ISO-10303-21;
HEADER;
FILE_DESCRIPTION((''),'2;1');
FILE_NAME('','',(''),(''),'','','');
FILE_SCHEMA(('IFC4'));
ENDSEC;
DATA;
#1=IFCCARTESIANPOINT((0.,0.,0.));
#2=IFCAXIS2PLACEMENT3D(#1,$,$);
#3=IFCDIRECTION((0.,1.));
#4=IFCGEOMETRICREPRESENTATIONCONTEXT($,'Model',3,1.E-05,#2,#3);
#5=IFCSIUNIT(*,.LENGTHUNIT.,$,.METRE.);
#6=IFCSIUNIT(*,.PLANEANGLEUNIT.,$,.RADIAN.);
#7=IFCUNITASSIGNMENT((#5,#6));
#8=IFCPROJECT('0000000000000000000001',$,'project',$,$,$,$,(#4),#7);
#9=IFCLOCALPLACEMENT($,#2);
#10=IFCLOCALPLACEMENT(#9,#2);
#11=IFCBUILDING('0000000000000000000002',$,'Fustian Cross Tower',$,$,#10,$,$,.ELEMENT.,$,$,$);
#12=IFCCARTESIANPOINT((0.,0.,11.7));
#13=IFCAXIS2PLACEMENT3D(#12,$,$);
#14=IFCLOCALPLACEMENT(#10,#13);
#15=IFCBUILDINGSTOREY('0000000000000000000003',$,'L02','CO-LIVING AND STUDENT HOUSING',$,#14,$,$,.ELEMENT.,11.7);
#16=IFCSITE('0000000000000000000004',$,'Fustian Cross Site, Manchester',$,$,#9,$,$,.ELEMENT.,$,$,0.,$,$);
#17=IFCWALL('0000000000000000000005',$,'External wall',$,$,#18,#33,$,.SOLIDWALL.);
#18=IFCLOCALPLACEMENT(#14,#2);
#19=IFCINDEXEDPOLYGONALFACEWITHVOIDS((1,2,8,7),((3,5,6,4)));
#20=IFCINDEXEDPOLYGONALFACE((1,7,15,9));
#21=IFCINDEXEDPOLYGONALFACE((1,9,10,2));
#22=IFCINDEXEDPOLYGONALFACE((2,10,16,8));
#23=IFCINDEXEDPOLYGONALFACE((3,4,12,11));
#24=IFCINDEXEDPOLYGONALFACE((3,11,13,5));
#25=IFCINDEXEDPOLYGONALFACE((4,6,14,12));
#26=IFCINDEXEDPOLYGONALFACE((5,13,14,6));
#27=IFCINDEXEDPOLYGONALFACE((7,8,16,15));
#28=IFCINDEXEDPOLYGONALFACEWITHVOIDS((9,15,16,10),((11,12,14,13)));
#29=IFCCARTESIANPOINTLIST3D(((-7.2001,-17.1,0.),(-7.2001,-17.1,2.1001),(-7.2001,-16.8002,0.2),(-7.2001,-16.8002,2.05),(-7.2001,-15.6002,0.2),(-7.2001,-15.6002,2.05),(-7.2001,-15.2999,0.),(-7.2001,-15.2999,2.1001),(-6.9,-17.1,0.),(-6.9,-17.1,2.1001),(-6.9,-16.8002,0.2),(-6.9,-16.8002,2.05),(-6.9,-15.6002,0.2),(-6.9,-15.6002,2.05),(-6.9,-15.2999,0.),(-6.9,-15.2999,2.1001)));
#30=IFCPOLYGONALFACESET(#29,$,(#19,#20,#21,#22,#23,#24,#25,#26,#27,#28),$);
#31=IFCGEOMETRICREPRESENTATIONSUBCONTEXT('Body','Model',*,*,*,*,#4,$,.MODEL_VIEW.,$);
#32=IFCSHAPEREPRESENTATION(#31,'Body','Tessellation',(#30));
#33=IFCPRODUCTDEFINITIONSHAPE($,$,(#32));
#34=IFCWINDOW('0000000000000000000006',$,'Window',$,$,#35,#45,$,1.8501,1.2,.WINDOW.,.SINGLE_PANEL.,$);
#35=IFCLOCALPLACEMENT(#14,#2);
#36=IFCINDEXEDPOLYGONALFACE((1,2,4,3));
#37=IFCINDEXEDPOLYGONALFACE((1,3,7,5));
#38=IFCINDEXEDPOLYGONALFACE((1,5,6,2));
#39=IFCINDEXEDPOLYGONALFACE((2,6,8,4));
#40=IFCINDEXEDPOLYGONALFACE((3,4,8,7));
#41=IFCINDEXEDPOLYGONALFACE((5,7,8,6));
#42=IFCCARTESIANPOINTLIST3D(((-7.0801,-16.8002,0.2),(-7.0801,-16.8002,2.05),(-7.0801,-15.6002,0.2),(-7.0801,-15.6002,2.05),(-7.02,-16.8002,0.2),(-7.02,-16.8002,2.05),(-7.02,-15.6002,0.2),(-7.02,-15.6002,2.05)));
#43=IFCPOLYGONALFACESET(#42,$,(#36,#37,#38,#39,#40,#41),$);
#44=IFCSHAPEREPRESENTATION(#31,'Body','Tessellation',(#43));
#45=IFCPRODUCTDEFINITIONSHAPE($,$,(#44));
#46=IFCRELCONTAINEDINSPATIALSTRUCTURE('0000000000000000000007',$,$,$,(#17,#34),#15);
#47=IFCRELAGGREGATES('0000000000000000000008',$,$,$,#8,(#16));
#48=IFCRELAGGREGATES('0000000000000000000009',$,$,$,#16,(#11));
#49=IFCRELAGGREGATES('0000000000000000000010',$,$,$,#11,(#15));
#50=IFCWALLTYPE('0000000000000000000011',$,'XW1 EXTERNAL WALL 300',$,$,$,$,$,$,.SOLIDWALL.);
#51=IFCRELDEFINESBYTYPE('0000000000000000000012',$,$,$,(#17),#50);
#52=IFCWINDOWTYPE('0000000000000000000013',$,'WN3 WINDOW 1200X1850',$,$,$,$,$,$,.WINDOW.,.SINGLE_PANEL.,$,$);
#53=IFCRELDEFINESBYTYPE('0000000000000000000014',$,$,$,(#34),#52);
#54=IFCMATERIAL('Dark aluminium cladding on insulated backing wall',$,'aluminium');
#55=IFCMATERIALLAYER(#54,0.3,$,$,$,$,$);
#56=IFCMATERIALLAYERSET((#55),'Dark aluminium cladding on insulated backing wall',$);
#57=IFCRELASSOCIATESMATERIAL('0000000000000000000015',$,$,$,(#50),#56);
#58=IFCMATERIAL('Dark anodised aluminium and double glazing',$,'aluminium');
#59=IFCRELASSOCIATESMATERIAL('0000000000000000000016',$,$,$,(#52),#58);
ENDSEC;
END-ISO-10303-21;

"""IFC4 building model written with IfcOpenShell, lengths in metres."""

from ifc_helpers import new_model, si_unit, direction, frame, frame_2d, origin, place, context, subcontext, project, spatial, rectangle, extrude, material, layer, layer_set, type_object, element, fill, save


model = new_model("IFC4")

# Units and contexts
model_context = context("Model", 3, precision=1e-05, world=origin(), true_north=direction((0.0, 1.0)))
body_context = subcontext(model_context, "Body", "Model", "MODEL_VIEW")
ifc_project = project(units=[si_unit("LENGTHUNIT", "METRE"), si_unit("PLANEANGLEUNIT", "RADIAN")], contexts=[model_context])

# Site, building, storey
site_placement = place(None, origin())
site = spatial("IfcSite", under=ifc_project, at=site_placement, Name="Fustian Cross Site, Manchester", CompositionType="ELEMENT", RefElevation=0.0)
building_placement = place(site_placement, origin())
building = spatial("IfcBuilding", under=site, at=building_placement, Name="Fustian Cross Tower", CompositionType="ELEMENT")
storey_placement = place(building_placement, frame((0.0, 0.0, 11.7)))
storey = spatial("IfcBuildingStorey", under=building, at=storey_placement, Name="L02", Description="CO-LIVING AND STUDENT HOUSING", CompositionType="ELEMENT", Elevation=11.7)

# Shared definitions
ifc_material_1 = material(Name="Dark aluminium cladding on insulated backing wall", Category="aluminium")
ifc_layer_1 = layer(ifc_material_1, 0.3)
ifc_layer_set_1 = layer_set([ifc_layer_1], Name="Dark aluminium cladding on insulated backing wall")
wall_type_1 = type_object("IfcWallType", Name="XW1 EXTERNAL WALL 300", PredefinedType="SOLIDWALL", material=ifc_layer_set_1)

# Wall, opening, window
wall_1_placement = place(storey_placement, frame((-7.05, -15.3, 0.0), z_axis=(0.0, 0.0, 1.0), x_axis=(0.0, -1.0, 0.0)))
wall_1 = element("IfcWall", 1, at=wall_1_placement, inside=storey, type_object=wall_type_1, Name="External wall", PredefinedType="SOLIDWALL", context=body_context, shape_type="SweptSolid", body=[
    extrude(rectangle(XDim=1.8, YDim=0.3, at=frame_2d((0.8999, 0.0))), origin(), (0.0, 0.0, 1.0), 2.1001),
])
opening_1_placement = place(wall_1_placement, frame((0.3, 0.0, 0.2)))
opening_1 = element("IfcOpeningElement", 2, at=opening_1_placement, cuts=wall_1, PredefinedType="OPENING", context=body_context, shape_type="SweptSolid", body=[
    extrude(rectangle(XDim=1.2, YDim=1.8501, at=frame_2d((0.6001, 0.925))), frame((0.0, 0.1599, 0.0), z_axis=(0.0, -1.0, 0.0), x_axis=(1.0, 0.0, 0.0)), (0.0, 0.0, 1.0), 0.3201),
])
ifc_material_2 = material(Name="Dark anodised aluminium and double glazing", Category="aluminium")
window_type = type_object("IfcWindowType", Name="WN3 WINDOW 1200X1850", PartitioningType="SINGLE_PANEL", PredefinedType="WINDOW", material=ifc_material_2)
window_placement = place(opening_1_placement, origin())
window = element("IfcWindow", 3, at=window_placement, inside=storey, type_object=window_type, Name="Window", OverallHeight=1.8501, OverallWidth=1.2, PartitioningType="SINGLE_PANEL", PredefinedType="WINDOW", context=body_context, shape_type="SweptSolid", body=[
    extrude(rectangle(XDim=1.2, YDim=1.8501, at=frame_2d((0.6001, 0.925))), frame((0.0, 0.03, 0.0), z_axis=(0.0, -1.0, 0.0), x_axis=(1.0, 0.0, 0.0)), (0.0, 0.0, 1.0), 0.0601),
])
fill(opening_1, window)

save(model, "model.ifc")
